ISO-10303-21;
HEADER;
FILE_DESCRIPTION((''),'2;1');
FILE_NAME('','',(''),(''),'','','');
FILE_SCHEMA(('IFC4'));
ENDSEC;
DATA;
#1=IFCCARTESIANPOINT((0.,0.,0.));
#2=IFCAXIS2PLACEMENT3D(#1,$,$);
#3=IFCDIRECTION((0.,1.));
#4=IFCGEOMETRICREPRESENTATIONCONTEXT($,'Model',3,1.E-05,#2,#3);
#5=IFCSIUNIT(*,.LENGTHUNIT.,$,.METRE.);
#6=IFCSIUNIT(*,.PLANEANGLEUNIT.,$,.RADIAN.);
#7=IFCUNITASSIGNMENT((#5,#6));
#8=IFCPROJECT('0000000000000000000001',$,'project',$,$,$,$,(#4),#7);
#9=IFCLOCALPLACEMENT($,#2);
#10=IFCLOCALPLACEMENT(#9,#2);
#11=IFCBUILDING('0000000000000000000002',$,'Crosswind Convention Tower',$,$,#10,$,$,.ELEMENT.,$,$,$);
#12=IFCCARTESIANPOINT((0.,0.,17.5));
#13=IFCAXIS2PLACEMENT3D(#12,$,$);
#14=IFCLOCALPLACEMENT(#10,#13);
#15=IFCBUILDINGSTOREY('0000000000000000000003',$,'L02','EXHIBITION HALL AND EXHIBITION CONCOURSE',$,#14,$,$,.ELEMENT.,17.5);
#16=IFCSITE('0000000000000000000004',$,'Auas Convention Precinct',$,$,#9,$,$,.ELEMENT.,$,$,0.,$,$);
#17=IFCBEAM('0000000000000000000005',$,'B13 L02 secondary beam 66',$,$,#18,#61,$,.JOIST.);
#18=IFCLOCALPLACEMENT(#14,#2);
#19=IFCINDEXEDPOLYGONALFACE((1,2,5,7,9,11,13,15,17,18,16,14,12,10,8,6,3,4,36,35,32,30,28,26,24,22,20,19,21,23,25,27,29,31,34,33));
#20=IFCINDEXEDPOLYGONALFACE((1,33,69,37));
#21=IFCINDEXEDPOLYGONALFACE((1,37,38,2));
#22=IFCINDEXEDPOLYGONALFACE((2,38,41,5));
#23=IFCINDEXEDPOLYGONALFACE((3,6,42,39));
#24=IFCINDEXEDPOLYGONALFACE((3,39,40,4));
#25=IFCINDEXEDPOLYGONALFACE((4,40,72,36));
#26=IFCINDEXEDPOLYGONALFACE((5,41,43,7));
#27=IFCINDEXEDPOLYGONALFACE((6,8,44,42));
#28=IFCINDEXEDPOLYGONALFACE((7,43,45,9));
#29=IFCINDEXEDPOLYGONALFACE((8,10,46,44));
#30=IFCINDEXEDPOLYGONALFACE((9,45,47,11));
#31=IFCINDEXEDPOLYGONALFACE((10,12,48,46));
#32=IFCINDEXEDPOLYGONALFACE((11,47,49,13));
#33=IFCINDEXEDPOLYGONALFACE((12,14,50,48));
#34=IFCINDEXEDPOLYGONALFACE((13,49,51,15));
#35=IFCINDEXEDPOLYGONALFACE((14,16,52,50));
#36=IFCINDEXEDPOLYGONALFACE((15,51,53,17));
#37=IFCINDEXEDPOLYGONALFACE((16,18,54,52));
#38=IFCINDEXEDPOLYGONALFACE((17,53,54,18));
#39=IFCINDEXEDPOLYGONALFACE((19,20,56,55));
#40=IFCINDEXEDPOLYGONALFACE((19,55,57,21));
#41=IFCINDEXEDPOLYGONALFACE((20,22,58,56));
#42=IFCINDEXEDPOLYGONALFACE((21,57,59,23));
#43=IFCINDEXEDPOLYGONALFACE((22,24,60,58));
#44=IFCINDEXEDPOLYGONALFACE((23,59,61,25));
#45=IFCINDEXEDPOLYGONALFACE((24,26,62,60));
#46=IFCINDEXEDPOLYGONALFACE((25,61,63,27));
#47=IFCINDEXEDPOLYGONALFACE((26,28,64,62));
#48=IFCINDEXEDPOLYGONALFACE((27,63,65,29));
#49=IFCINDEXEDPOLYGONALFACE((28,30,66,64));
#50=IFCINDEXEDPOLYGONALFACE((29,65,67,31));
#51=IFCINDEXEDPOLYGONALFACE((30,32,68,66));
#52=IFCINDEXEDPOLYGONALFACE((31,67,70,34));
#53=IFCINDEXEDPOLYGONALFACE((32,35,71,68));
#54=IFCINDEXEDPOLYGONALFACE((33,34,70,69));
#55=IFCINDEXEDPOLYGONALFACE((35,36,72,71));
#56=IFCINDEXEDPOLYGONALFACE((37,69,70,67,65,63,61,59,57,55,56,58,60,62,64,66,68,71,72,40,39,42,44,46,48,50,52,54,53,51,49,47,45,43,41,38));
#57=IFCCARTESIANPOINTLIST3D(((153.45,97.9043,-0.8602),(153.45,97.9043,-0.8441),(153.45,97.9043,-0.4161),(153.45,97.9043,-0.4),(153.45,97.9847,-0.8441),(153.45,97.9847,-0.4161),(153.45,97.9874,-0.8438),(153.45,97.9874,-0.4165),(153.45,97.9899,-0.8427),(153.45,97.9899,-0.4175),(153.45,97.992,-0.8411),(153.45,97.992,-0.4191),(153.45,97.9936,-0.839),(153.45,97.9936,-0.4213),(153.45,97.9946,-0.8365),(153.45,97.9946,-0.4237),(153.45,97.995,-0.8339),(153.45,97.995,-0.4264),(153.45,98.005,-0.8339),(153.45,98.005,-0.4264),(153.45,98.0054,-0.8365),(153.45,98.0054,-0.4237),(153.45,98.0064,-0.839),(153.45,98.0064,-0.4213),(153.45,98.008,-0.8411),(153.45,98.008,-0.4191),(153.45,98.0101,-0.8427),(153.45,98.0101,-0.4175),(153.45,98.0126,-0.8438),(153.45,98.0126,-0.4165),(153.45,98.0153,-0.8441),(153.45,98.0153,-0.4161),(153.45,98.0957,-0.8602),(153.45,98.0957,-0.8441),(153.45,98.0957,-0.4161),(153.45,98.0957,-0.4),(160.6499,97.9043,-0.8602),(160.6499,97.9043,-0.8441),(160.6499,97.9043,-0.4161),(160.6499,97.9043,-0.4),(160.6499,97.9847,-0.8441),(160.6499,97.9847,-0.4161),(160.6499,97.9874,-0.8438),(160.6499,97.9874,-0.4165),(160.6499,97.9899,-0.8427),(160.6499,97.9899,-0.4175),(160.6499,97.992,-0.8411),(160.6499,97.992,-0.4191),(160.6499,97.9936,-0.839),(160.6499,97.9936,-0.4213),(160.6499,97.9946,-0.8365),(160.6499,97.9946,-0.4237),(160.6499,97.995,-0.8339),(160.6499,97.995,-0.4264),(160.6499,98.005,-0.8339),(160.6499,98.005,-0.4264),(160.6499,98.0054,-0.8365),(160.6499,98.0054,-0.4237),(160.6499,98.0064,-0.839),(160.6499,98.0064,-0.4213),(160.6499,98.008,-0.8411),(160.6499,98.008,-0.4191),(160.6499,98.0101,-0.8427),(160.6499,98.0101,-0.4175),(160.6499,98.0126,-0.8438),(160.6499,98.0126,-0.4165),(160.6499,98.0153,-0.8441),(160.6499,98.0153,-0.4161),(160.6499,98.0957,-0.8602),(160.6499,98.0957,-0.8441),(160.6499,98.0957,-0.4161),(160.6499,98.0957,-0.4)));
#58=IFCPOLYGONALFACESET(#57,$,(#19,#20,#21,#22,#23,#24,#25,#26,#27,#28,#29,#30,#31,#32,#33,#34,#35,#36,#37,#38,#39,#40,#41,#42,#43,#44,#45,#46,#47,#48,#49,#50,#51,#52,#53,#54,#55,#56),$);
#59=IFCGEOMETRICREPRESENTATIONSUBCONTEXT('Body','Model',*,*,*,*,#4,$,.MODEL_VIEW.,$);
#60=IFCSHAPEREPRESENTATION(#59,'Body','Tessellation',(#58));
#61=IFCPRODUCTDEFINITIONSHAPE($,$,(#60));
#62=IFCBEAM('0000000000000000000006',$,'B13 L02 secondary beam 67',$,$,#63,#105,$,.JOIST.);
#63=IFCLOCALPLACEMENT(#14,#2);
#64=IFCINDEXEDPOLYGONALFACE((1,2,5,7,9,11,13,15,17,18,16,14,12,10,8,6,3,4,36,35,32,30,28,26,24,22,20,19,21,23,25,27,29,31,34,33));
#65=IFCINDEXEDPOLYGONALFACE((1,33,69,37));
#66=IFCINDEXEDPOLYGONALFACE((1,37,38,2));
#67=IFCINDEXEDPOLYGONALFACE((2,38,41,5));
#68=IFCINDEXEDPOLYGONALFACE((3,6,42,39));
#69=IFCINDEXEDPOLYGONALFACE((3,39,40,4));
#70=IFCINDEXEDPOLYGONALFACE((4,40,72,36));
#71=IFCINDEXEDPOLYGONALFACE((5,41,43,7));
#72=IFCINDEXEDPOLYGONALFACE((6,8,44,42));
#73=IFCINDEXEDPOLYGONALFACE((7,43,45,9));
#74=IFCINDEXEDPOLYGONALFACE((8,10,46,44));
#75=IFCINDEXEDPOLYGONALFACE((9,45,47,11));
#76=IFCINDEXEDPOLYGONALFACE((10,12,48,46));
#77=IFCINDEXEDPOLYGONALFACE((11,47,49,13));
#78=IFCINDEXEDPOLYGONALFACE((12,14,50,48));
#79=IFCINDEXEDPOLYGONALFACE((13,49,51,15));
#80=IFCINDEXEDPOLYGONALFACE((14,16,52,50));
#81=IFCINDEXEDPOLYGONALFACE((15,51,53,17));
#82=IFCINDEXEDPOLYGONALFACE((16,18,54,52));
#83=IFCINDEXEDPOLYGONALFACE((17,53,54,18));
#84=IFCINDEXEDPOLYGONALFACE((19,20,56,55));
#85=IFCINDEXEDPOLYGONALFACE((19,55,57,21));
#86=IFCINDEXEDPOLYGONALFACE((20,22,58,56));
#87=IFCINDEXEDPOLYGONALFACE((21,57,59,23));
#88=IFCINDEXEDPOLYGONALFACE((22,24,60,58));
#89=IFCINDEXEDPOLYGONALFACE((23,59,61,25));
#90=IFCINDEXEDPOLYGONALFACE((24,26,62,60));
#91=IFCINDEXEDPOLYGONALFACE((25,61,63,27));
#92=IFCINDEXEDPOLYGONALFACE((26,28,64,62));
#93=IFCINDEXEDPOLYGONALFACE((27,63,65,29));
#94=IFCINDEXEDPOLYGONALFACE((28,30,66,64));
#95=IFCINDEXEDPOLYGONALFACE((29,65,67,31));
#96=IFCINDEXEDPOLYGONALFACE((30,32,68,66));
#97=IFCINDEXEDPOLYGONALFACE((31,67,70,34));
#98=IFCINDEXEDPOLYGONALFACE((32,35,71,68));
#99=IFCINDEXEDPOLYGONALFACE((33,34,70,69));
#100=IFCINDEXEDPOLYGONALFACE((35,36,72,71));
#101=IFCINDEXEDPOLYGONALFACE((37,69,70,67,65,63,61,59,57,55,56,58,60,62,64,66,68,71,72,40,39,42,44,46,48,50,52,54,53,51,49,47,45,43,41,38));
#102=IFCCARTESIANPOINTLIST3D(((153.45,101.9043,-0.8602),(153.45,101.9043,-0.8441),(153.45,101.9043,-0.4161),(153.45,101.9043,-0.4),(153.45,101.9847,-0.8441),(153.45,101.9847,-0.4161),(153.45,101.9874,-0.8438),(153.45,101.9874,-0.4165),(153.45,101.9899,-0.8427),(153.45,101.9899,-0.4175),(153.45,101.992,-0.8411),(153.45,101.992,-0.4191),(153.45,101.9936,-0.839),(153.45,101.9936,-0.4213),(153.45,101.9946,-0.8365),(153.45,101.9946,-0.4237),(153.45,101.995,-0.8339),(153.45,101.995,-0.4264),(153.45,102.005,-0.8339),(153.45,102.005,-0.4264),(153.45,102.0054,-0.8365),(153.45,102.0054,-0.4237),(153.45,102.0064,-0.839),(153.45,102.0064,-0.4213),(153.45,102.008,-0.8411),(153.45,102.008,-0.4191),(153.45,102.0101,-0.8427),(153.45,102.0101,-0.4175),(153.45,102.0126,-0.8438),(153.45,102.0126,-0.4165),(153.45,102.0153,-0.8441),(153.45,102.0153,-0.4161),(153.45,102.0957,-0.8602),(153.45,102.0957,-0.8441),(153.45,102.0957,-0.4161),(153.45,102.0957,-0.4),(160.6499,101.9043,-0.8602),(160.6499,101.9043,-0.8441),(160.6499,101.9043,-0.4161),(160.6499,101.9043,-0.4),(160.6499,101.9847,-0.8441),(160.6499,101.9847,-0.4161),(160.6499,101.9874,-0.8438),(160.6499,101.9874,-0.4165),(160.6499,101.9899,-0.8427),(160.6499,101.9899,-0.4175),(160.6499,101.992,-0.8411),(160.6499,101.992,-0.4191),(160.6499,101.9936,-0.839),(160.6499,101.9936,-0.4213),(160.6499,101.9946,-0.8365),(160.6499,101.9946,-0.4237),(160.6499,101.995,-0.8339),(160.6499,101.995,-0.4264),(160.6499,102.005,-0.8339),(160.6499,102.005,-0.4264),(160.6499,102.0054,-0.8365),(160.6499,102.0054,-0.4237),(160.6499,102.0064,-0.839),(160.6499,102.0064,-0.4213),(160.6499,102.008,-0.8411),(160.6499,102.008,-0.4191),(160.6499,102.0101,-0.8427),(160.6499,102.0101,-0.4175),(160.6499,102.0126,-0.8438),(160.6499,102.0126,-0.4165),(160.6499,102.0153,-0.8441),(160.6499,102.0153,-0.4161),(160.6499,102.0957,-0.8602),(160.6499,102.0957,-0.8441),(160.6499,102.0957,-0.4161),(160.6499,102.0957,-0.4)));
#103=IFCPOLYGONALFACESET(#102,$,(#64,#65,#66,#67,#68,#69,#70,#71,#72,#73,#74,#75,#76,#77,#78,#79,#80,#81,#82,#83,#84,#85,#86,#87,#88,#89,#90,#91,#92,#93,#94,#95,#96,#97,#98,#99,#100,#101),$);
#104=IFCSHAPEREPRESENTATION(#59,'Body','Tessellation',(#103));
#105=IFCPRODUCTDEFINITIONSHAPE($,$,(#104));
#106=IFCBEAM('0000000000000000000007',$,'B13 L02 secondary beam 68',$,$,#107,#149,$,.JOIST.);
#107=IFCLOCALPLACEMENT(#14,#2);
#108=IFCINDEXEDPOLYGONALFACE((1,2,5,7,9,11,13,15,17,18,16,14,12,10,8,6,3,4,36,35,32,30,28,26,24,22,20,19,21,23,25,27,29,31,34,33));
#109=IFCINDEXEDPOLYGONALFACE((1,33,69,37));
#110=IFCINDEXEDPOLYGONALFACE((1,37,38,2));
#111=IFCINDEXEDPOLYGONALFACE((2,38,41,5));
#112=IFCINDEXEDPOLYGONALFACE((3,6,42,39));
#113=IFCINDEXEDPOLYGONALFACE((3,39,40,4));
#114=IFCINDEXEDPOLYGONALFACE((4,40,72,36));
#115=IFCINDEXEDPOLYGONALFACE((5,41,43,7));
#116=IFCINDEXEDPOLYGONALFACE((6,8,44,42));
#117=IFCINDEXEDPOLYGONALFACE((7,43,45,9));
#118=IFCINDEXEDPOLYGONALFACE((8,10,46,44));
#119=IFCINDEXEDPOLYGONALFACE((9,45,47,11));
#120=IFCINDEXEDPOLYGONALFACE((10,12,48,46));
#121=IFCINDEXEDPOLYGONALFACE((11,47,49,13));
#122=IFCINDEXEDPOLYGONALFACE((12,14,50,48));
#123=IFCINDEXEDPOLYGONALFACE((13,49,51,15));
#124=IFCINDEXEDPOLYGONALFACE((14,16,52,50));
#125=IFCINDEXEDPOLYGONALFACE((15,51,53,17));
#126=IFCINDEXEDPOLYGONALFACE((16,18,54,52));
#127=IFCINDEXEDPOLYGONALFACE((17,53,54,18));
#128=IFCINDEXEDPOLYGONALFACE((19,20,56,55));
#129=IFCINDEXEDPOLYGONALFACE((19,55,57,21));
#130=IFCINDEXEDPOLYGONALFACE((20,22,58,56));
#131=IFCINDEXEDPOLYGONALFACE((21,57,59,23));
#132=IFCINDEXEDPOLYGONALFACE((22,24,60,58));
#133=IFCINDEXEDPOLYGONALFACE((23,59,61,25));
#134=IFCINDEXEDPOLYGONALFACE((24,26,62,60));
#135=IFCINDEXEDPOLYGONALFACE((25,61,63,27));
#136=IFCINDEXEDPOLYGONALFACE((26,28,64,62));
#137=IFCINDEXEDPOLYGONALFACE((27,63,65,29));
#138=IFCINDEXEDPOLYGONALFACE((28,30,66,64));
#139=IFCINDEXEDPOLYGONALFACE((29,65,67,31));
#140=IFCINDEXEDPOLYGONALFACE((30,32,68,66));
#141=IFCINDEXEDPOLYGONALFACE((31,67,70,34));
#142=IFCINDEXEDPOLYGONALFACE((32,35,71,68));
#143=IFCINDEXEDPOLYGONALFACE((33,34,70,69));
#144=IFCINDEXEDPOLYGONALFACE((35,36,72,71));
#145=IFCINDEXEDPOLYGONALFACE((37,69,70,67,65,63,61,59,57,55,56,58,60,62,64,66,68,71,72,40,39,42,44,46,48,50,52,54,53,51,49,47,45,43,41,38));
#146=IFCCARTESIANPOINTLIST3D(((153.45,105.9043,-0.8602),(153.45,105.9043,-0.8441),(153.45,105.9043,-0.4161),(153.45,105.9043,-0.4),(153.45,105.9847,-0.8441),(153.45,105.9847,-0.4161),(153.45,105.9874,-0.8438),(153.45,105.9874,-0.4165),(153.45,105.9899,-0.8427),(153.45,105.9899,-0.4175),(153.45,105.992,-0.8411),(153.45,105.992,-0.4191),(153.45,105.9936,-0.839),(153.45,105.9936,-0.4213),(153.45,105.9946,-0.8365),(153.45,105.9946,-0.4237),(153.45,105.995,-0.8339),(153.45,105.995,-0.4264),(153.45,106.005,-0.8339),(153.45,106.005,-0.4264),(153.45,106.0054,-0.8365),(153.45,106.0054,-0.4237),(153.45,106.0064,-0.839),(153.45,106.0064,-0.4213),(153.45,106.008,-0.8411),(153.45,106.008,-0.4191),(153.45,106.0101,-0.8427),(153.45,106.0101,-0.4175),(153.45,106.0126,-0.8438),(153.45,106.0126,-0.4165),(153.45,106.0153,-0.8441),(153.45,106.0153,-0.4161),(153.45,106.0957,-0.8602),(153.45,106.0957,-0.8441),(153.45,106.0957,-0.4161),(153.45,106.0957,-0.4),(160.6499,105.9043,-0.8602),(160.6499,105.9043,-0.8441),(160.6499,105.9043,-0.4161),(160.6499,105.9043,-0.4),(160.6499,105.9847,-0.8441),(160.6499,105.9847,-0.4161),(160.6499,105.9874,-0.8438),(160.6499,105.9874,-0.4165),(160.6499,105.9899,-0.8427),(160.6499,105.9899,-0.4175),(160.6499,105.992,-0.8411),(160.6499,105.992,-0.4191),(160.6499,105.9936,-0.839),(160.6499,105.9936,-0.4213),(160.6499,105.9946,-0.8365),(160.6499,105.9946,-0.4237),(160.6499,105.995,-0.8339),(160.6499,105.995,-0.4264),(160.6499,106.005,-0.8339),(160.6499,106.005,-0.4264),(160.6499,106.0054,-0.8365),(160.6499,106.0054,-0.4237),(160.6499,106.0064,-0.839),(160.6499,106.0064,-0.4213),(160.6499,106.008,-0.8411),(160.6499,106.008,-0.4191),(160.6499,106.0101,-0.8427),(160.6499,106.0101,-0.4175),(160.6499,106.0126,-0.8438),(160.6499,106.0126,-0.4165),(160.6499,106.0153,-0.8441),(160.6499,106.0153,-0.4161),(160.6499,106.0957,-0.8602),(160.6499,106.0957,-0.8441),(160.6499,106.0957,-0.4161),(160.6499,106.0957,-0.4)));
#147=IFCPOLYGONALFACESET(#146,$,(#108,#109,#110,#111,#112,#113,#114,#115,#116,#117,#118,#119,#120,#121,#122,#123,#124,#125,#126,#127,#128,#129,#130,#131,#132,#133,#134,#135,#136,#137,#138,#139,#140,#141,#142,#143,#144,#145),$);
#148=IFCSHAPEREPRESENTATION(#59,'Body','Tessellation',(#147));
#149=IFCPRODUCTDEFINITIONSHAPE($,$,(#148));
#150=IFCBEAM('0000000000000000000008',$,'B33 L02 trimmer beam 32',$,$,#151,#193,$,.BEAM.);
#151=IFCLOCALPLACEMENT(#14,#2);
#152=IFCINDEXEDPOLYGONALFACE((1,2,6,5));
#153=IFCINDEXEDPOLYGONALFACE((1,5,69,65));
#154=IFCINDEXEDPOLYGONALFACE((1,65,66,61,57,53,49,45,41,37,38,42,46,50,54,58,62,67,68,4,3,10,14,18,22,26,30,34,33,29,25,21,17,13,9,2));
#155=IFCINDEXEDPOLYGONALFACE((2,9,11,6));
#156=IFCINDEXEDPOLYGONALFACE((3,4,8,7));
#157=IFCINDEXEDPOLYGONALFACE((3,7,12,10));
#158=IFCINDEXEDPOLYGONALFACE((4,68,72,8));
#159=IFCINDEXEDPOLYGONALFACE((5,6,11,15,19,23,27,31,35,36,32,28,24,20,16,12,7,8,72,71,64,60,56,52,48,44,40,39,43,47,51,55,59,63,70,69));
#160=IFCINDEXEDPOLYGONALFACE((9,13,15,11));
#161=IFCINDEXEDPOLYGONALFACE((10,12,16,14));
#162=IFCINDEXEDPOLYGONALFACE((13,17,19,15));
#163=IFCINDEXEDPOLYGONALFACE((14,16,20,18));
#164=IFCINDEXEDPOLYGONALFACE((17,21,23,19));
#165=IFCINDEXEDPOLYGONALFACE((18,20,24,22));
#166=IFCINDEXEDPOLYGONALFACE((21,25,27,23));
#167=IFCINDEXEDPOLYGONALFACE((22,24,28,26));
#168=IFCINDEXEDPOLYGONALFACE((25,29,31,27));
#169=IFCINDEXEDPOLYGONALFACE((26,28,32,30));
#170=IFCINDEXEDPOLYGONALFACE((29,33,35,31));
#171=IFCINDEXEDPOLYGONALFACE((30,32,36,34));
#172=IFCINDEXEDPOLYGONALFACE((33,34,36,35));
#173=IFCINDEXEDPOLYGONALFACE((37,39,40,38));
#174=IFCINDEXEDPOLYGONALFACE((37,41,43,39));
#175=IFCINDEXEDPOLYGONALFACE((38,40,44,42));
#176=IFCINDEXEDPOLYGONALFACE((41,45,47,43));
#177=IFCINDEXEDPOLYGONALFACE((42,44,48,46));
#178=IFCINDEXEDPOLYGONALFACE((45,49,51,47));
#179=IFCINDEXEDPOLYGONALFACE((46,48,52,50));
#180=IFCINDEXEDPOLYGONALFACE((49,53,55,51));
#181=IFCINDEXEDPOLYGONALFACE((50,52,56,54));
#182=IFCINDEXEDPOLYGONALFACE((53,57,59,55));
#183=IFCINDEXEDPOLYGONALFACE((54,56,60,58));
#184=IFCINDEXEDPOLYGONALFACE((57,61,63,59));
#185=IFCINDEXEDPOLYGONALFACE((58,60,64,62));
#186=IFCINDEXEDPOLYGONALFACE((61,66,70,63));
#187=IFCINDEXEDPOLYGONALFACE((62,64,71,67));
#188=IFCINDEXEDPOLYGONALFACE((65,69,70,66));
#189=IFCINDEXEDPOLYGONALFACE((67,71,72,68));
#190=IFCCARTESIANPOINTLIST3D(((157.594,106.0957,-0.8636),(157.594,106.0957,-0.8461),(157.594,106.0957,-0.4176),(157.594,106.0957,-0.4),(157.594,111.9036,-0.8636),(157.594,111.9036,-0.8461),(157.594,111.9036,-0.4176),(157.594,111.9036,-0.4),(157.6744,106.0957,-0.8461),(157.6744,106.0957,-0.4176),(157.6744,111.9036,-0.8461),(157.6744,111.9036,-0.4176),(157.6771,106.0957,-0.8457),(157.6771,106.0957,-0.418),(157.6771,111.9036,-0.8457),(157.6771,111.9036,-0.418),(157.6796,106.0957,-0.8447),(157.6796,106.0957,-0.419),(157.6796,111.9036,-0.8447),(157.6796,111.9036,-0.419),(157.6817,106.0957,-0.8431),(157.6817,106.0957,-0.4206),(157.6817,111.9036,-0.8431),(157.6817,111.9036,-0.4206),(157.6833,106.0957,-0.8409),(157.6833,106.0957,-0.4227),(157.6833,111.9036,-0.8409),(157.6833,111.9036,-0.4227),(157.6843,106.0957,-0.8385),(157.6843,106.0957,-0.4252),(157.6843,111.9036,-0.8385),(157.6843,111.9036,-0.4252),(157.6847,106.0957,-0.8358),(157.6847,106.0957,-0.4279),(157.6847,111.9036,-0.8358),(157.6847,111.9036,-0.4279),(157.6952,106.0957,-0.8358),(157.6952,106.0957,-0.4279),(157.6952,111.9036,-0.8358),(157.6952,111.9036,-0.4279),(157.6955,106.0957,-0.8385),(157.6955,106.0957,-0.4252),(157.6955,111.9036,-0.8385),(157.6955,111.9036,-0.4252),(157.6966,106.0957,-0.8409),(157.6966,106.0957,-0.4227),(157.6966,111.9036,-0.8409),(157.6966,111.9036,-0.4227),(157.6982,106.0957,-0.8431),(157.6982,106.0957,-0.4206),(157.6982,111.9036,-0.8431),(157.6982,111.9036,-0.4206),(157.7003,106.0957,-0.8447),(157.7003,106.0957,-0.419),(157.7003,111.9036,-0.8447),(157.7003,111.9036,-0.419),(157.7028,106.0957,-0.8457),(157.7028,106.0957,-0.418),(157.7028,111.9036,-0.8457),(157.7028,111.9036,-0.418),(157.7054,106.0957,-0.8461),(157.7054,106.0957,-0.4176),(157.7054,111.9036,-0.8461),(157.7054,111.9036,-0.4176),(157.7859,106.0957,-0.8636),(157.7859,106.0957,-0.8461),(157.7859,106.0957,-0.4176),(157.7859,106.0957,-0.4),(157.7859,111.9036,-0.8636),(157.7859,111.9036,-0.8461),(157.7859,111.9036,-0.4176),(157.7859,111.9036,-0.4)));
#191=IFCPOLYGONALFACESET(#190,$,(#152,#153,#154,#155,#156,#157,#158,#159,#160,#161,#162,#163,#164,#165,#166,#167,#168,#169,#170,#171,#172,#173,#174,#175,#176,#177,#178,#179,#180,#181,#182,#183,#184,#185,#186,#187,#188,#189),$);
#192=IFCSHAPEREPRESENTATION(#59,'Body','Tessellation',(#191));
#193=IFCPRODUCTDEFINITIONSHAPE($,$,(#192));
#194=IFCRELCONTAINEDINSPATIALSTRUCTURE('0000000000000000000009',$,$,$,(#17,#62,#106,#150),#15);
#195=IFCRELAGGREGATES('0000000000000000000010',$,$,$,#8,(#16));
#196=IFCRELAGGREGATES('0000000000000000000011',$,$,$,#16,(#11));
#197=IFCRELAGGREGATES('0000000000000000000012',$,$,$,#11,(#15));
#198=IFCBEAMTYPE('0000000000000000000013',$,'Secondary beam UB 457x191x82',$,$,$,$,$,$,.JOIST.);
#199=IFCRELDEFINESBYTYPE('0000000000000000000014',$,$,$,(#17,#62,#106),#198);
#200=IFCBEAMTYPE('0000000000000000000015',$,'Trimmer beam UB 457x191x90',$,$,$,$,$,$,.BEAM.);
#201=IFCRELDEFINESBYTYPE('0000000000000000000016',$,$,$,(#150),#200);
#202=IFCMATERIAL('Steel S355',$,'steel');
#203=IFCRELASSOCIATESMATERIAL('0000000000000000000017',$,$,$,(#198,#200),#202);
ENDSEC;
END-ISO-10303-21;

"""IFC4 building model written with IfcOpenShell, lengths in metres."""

from ifc_helpers import new_model, si_unit, direction, frame, origin, origin_2d, place, context, subcontext, project, spatial, i_section, extrude, material, material_profile, profile_set, type_object, element, save


model = new_model("IFC4")

# Units and contexts
model_context = context("Model", 3, precision=1e-05, world=origin(), true_north=direction((0.0, 1.0)))
body_context = subcontext(model_context, "Body", "Model", "MODEL_VIEW")
ifc_project = project(units=[si_unit("LENGTHUNIT", "METRE"), si_unit("PLANEANGLEUNIT", "RADIAN")], contexts=[model_context])

# Site, building, storey
site_placement = place(None, origin())
site = spatial("IfcSite", under=ifc_project, at=site_placement, Name="Auas Convention Precinct", CompositionType="ELEMENT", RefElevation=0.0)
building_placement = place(site_placement, origin())
building = spatial("IfcBuilding", under=site, at=building_placement, Name="Crosswind Convention Tower", CompositionType="ELEMENT")
storey_placement = place(building_placement, frame((0.0, 0.0, 17.5)))
storey = spatial("IfcBuildingStorey", under=building, at=storey_placement, Name="L02", Description="EXHIBITION HALL AND EXHIBITION CONCOURSE", CompositionType="ELEMENT", Elevation=17.5)

# Beams
ifc_material_1 = material(Name="Steel S355", Category="steel")
ifc_material_profile_1 = material_profile(ifc_material_1, i_section(OverallWidth=0.1914, OverallDepth=0.4602, WebThickness=0.01, FlangeThickness=0.0161, FilletRadius=0.0103, at=origin_2d()), Name="UB 457x191x82")
ifc_profile_set_1 = profile_set([ifc_material_profile_1], Name="Steel S355")
beam_type_1 = type_object("IfcBeamType", Name="Secondary beam UB 457x191x82", PredefinedType="JOIST", material=ifc_profile_set_1)
for number, where, z_axis, x_axis, name in (
    (1, (153.45, 98.0, -0.6301), (1.0, 0.0, 0.0), (0.0, 1.0, 0.0), "B13 L02 secondary beam 66"),
    (2, (153.45, 102.0, -0.6301), (1.0, 0.0, 0.0), (0.0, 1.0, 0.0), "B13 L02 secondary beam 67"),
    (3, (153.45, 106.0, -0.6301), (1.0, 0.0, 0.0), (0.0, 1.0, 0.0), "B13 L02 secondary beam 68"),
):
    element("IfcBeam", number, at=place(storey_placement, frame(where, z_axis=z_axis, x_axis=x_axis)), inside=storey, type_object=beam_type_1, Name=name, PredefinedType="JOIST", context=body_context, shape_type="SweptSolid", body=[
        extrude(i_section(OverallWidth=0.1914, OverallDepth=0.4602, WebThickness=0.01, FlangeThickness=0.0161, FilletRadius=0.0103, at=origin_2d()), origin(), (0.0, 0.0, 1.0), 7.2),
    ])
ifc_material_profile_2 = material_profile(ifc_material_1, i_section(OverallWidth=0.1919, OverallDepth=0.4636, WebThickness=0.0105, FlangeThickness=0.0176, FilletRadius=0.0103, at=origin_2d()), Name="UB 457x191x90")
ifc_profile_set_2 = profile_set([ifc_material_profile_2], Name="Steel S355")
beam_type_2 = type_object("IfcBeamType", Name="Trimmer beam UB 457x191x90", PredefinedType="BEAM", material=ifc_profile_set_2)
beam_1_placement = place(storey_placement, frame((157.6899, 106.0957, -0.6318), z_axis=(0.0, 1.0, 0.0), x_axis=(-1.0, 0.0, 0.0)))
element("IfcBeam", 4, at=beam_1_placement, inside=storey, type_object=beam_type_2, Name="B33 L02 trimmer beam 32", PredefinedType="BEAM", context=body_context, shape_type="SweptSolid", body=[
    extrude(i_section(OverallWidth=0.1919, OverallDepth=0.4636, WebThickness=0.0105, FlangeThickness=0.0176, FilletRadius=0.0103, at=origin_2d()), origin(), (0.0, 0.0, 1.0), 5.8079),
])

save(model, "model.ifc")
